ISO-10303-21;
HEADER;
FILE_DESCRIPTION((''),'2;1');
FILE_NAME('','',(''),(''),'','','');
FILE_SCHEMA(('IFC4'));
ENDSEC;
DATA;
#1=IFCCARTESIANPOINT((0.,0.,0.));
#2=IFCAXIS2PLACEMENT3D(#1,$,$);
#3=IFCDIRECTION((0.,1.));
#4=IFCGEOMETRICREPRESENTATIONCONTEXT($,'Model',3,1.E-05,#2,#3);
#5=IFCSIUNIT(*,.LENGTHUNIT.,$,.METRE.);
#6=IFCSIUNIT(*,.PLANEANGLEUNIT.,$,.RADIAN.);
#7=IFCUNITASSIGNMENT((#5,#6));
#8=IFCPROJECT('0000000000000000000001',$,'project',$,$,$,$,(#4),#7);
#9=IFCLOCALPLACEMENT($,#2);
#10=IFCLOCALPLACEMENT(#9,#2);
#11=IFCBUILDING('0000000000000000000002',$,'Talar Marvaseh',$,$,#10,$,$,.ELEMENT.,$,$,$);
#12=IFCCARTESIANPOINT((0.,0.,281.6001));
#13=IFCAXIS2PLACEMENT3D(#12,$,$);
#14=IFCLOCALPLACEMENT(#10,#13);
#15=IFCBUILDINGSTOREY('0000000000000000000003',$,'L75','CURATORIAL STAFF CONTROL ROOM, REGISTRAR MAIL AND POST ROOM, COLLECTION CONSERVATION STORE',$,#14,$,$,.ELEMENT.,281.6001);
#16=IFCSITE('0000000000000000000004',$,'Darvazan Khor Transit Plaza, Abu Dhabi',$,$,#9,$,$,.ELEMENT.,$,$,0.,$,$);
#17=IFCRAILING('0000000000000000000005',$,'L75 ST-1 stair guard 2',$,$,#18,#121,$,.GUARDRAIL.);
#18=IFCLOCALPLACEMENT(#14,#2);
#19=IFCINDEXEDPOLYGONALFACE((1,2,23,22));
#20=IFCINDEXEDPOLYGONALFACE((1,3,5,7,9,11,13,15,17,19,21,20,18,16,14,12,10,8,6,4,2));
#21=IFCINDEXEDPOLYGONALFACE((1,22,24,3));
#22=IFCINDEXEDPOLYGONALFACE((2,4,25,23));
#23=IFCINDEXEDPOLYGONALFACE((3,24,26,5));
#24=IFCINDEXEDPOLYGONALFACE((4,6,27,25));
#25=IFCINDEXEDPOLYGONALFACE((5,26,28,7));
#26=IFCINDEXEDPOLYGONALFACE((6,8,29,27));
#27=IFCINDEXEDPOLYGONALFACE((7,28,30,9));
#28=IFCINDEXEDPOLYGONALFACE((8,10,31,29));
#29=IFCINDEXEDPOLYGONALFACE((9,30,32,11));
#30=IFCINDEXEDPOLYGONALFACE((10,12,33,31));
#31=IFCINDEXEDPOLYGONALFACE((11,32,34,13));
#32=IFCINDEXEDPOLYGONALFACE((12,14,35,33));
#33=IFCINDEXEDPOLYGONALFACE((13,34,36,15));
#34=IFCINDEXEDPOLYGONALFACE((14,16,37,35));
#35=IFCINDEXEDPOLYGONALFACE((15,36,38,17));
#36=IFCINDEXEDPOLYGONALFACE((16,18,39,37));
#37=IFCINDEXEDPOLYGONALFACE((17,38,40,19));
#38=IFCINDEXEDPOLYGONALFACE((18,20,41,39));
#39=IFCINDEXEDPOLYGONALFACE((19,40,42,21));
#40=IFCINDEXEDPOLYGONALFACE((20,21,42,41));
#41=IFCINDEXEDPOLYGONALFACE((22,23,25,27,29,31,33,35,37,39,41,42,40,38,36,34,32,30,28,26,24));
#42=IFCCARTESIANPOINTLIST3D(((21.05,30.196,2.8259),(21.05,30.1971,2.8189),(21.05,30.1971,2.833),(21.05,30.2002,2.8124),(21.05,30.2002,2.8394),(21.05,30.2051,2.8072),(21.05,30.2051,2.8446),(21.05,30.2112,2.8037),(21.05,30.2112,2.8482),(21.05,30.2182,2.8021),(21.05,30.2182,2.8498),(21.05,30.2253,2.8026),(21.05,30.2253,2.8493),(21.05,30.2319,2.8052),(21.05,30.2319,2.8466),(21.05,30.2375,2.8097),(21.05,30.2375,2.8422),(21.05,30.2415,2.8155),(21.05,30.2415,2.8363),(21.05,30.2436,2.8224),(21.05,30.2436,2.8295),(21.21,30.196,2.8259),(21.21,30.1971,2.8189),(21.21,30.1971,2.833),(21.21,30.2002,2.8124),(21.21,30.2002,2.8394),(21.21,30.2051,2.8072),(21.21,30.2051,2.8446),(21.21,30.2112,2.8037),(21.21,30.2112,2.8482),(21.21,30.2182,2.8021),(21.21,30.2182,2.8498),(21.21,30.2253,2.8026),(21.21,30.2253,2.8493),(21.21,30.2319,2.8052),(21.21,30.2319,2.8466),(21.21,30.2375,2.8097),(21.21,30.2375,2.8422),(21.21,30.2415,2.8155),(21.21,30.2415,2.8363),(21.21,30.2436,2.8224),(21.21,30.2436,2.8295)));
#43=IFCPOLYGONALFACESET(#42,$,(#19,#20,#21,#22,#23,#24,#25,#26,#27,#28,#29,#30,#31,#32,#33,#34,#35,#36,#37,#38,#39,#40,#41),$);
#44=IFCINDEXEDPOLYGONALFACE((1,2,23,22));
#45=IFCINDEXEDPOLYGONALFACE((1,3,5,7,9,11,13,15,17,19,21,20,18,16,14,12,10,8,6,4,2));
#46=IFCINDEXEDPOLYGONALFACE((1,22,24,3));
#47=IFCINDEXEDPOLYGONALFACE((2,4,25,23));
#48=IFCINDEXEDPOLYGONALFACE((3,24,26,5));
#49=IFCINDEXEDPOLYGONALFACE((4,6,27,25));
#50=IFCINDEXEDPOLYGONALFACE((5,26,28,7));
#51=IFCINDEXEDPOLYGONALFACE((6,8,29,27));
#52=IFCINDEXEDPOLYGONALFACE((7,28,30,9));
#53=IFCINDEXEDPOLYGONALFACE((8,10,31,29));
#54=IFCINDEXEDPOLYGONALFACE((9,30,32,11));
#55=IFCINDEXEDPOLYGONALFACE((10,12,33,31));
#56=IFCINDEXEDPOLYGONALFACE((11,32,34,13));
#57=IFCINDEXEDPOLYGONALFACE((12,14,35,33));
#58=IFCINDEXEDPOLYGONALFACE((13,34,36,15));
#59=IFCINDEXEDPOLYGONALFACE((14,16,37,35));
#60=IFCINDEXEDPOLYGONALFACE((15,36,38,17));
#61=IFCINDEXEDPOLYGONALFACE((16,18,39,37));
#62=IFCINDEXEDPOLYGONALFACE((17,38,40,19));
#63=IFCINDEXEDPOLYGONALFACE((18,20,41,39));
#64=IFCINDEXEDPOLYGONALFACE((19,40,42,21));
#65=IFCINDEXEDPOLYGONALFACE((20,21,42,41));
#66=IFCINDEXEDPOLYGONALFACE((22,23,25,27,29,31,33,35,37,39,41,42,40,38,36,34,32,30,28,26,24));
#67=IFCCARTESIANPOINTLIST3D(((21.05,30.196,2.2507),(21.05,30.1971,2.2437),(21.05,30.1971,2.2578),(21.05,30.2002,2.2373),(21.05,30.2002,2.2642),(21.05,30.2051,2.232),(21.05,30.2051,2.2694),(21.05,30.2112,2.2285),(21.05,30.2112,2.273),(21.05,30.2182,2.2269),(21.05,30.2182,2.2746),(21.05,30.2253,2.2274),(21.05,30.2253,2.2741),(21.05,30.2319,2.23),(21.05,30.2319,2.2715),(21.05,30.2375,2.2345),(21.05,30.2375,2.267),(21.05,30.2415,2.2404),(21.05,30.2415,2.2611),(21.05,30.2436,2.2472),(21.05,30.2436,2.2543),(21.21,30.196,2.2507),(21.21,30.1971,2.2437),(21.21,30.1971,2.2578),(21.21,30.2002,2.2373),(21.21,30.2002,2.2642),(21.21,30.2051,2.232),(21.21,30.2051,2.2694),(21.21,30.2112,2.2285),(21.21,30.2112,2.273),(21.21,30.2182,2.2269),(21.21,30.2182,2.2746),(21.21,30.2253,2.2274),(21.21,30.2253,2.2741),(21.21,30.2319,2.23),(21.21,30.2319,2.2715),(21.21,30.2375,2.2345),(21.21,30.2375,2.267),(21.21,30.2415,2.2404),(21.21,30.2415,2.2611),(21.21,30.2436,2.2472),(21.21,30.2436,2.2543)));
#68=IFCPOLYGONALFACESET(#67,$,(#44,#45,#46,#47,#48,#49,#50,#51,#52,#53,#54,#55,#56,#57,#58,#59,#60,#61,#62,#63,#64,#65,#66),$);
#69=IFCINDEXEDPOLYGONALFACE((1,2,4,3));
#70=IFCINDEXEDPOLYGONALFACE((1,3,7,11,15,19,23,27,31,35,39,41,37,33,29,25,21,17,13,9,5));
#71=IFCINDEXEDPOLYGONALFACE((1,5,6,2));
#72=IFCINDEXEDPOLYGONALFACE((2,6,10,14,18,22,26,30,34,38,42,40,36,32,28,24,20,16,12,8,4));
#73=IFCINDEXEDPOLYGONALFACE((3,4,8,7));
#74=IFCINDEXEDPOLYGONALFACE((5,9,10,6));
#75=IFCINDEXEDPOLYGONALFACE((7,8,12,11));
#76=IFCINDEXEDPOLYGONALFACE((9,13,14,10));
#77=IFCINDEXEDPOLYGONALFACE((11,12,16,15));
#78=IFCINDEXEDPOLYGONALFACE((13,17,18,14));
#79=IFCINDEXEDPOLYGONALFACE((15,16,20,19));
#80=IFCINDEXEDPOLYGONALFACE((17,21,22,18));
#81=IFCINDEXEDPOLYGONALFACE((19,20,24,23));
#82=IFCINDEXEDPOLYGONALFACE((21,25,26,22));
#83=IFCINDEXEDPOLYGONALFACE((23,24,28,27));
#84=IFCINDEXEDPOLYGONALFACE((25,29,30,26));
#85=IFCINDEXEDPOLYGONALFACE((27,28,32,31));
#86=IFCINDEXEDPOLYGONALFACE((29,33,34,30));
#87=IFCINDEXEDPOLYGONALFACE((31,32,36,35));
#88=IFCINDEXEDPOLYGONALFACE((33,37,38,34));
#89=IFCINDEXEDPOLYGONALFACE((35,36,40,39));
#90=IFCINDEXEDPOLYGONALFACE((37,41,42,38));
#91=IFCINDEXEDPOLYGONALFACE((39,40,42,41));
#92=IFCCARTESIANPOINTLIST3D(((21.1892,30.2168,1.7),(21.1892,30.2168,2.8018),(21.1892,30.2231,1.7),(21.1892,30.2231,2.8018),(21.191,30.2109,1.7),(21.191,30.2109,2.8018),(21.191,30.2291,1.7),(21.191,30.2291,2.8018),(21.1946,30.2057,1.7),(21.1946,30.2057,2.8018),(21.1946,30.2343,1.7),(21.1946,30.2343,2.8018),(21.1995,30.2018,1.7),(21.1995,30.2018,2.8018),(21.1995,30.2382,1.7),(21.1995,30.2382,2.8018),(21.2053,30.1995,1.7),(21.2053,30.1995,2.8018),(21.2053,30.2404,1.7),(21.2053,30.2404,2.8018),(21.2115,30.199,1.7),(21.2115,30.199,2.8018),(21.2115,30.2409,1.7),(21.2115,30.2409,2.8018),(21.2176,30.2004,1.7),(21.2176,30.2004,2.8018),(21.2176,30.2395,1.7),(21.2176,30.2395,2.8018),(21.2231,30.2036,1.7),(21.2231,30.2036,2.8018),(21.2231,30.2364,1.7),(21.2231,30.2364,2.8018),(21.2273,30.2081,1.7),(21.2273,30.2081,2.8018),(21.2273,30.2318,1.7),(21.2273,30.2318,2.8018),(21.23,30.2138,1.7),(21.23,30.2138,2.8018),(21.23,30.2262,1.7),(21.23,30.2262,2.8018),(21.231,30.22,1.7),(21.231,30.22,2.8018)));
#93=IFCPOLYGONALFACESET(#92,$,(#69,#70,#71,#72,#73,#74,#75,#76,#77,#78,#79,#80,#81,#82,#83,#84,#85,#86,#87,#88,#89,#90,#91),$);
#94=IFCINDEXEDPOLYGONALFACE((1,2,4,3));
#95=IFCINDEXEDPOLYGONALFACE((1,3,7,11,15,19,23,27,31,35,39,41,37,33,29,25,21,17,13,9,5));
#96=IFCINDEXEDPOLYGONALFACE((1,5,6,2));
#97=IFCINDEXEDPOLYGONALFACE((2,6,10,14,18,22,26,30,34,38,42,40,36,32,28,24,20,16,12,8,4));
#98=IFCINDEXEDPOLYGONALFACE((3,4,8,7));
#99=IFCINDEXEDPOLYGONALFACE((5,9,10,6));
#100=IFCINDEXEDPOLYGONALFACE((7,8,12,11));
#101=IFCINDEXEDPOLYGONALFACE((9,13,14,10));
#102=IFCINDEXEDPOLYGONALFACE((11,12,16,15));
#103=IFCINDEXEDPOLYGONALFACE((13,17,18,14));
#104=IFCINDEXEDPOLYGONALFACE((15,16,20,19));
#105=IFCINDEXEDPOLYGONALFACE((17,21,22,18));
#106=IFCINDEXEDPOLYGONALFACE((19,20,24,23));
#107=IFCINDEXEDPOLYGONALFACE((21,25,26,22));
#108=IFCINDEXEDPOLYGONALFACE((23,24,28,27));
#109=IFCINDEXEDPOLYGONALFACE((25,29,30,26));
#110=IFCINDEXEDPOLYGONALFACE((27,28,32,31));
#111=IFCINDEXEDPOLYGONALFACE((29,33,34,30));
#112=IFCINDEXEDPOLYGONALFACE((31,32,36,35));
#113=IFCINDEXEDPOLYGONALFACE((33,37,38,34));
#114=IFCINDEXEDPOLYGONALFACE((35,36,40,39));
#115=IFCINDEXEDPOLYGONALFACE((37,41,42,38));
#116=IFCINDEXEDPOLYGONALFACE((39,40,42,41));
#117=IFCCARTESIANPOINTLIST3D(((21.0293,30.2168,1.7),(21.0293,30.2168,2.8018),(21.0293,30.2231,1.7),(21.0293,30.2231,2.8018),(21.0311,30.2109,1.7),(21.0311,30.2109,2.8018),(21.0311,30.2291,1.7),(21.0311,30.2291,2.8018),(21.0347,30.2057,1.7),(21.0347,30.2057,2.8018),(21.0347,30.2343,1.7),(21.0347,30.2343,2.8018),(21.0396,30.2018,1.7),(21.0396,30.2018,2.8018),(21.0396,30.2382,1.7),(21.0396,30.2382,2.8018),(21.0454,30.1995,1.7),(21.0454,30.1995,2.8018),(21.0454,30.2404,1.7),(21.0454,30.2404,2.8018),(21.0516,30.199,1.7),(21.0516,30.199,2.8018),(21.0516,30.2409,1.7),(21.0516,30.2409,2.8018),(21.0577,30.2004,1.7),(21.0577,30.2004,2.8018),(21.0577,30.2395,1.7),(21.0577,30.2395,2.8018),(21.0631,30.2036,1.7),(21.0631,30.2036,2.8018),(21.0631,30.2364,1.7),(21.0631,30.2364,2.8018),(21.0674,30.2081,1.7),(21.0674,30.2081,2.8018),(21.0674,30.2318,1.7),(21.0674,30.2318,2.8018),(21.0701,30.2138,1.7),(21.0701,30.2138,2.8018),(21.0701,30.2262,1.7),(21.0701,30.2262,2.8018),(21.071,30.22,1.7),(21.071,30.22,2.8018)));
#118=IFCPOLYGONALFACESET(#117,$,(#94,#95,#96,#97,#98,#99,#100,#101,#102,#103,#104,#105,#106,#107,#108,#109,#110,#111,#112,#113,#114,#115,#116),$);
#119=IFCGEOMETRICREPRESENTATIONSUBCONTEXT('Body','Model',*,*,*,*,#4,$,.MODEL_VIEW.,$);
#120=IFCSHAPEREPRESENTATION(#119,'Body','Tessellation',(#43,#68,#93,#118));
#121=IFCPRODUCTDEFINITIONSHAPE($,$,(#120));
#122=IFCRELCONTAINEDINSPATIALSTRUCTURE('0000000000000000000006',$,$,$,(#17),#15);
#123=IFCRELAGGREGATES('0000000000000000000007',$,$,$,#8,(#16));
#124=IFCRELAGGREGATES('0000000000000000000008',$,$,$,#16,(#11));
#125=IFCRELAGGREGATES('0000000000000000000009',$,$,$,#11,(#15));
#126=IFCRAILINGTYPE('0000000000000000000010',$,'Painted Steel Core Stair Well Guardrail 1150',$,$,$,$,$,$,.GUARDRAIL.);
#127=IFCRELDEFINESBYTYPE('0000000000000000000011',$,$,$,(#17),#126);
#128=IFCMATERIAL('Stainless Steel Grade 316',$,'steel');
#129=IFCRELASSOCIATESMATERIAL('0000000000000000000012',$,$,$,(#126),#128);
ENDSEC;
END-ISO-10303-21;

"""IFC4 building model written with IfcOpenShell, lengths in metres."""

from ifc_helpers import new_model, si_unit, direction, frame, origin, origin_2d, place, context, subcontext, project, spatial, circle, extrude, material, type_object, element, save


model = new_model("IFC4")

# Units and contexts
model_context = context("Model", 3, precision=1e-05, world=origin(), true_north=direction((0.0, 1.0)))
body_context = subcontext(model_context, "Body", "Model", "MODEL_VIEW")
ifc_project = project(units=[si_unit("LENGTHUNIT", "METRE"), si_unit("PLANEANGLEUNIT", "RADIAN")], contexts=[model_context])

# Site, building, storey
site_placement = place(None, origin())
site = spatial("IfcSite", under=ifc_project, at=site_placement, Name="Darvazan Khor Transit Plaza, Abu Dhabi", CompositionType="ELEMENT", RefElevation=0.0)
building_placement = place(site_placement, origin())
building = spatial("IfcBuilding", under=site, at=building_placement, Name="Talar Marvaseh", CompositionType="ELEMENT")
storey_placement = place(building_placement, frame((0.0, 0.0, 281.6001)))
storey = spatial("IfcBuildingStorey", under=building, at=storey_placement, Name="L75", Description="CURATORIAL STAFF CONTROL ROOM, REGISTRAR MAIL AND POST ROOM, COLLECTION CONSERVATION STORE", CompositionType="ELEMENT", Elevation=281.6001)

# Railing
ifc_material_1 = material(Name="Stainless Steel Grade 316", Category="steel")
railing_type_1 = type_object("IfcRailingType", Name="Painted Steel Core Stair Well Guardrail 1150", PredefinedType="GUARDRAIL", material=ifc_material_1)
railing_1_placement = place(storey_placement, frame((21.21, 30.22, 1.7)))
element("IfcRailing", 1, at=railing_1_placement, inside=storey, type_object=railing_type_1, Name="L75 ST-1 stair guard 2", PredefinedType="GUARDRAIL", context=body_context, shape_type="SweptSolid", body=[
    extrude(circle(Radius=0.0239, at=origin_2d()), frame((0.0, 0.0, 1.126), z_axis=(-1.0, 0.0, 0.0), x_axis=(0.0, -1.0, 0.0)), (0.0, 0.0, 1.0), 0.1599),
    extrude(circle(Radius=0.0239, at=origin_2d()), frame((0.0, 0.0, 0.5508), z_axis=(-1.0, 0.0, 0.0), x_axis=(0.0, -1.0, 0.0)), (0.0, 0.0, 1.0), 0.1599),
    extrude(circle(Radius=0.021, at=origin_2d()), origin(), (0.0, 0.0, 1.0), 1.1018),
    extrude(circle(Radius=0.021, at=origin_2d()), frame((-0.1599, 0.0, 0.0)), (0.0, 0.0, 1.0), 1.1018),
])

save(model, "model.ifc")
